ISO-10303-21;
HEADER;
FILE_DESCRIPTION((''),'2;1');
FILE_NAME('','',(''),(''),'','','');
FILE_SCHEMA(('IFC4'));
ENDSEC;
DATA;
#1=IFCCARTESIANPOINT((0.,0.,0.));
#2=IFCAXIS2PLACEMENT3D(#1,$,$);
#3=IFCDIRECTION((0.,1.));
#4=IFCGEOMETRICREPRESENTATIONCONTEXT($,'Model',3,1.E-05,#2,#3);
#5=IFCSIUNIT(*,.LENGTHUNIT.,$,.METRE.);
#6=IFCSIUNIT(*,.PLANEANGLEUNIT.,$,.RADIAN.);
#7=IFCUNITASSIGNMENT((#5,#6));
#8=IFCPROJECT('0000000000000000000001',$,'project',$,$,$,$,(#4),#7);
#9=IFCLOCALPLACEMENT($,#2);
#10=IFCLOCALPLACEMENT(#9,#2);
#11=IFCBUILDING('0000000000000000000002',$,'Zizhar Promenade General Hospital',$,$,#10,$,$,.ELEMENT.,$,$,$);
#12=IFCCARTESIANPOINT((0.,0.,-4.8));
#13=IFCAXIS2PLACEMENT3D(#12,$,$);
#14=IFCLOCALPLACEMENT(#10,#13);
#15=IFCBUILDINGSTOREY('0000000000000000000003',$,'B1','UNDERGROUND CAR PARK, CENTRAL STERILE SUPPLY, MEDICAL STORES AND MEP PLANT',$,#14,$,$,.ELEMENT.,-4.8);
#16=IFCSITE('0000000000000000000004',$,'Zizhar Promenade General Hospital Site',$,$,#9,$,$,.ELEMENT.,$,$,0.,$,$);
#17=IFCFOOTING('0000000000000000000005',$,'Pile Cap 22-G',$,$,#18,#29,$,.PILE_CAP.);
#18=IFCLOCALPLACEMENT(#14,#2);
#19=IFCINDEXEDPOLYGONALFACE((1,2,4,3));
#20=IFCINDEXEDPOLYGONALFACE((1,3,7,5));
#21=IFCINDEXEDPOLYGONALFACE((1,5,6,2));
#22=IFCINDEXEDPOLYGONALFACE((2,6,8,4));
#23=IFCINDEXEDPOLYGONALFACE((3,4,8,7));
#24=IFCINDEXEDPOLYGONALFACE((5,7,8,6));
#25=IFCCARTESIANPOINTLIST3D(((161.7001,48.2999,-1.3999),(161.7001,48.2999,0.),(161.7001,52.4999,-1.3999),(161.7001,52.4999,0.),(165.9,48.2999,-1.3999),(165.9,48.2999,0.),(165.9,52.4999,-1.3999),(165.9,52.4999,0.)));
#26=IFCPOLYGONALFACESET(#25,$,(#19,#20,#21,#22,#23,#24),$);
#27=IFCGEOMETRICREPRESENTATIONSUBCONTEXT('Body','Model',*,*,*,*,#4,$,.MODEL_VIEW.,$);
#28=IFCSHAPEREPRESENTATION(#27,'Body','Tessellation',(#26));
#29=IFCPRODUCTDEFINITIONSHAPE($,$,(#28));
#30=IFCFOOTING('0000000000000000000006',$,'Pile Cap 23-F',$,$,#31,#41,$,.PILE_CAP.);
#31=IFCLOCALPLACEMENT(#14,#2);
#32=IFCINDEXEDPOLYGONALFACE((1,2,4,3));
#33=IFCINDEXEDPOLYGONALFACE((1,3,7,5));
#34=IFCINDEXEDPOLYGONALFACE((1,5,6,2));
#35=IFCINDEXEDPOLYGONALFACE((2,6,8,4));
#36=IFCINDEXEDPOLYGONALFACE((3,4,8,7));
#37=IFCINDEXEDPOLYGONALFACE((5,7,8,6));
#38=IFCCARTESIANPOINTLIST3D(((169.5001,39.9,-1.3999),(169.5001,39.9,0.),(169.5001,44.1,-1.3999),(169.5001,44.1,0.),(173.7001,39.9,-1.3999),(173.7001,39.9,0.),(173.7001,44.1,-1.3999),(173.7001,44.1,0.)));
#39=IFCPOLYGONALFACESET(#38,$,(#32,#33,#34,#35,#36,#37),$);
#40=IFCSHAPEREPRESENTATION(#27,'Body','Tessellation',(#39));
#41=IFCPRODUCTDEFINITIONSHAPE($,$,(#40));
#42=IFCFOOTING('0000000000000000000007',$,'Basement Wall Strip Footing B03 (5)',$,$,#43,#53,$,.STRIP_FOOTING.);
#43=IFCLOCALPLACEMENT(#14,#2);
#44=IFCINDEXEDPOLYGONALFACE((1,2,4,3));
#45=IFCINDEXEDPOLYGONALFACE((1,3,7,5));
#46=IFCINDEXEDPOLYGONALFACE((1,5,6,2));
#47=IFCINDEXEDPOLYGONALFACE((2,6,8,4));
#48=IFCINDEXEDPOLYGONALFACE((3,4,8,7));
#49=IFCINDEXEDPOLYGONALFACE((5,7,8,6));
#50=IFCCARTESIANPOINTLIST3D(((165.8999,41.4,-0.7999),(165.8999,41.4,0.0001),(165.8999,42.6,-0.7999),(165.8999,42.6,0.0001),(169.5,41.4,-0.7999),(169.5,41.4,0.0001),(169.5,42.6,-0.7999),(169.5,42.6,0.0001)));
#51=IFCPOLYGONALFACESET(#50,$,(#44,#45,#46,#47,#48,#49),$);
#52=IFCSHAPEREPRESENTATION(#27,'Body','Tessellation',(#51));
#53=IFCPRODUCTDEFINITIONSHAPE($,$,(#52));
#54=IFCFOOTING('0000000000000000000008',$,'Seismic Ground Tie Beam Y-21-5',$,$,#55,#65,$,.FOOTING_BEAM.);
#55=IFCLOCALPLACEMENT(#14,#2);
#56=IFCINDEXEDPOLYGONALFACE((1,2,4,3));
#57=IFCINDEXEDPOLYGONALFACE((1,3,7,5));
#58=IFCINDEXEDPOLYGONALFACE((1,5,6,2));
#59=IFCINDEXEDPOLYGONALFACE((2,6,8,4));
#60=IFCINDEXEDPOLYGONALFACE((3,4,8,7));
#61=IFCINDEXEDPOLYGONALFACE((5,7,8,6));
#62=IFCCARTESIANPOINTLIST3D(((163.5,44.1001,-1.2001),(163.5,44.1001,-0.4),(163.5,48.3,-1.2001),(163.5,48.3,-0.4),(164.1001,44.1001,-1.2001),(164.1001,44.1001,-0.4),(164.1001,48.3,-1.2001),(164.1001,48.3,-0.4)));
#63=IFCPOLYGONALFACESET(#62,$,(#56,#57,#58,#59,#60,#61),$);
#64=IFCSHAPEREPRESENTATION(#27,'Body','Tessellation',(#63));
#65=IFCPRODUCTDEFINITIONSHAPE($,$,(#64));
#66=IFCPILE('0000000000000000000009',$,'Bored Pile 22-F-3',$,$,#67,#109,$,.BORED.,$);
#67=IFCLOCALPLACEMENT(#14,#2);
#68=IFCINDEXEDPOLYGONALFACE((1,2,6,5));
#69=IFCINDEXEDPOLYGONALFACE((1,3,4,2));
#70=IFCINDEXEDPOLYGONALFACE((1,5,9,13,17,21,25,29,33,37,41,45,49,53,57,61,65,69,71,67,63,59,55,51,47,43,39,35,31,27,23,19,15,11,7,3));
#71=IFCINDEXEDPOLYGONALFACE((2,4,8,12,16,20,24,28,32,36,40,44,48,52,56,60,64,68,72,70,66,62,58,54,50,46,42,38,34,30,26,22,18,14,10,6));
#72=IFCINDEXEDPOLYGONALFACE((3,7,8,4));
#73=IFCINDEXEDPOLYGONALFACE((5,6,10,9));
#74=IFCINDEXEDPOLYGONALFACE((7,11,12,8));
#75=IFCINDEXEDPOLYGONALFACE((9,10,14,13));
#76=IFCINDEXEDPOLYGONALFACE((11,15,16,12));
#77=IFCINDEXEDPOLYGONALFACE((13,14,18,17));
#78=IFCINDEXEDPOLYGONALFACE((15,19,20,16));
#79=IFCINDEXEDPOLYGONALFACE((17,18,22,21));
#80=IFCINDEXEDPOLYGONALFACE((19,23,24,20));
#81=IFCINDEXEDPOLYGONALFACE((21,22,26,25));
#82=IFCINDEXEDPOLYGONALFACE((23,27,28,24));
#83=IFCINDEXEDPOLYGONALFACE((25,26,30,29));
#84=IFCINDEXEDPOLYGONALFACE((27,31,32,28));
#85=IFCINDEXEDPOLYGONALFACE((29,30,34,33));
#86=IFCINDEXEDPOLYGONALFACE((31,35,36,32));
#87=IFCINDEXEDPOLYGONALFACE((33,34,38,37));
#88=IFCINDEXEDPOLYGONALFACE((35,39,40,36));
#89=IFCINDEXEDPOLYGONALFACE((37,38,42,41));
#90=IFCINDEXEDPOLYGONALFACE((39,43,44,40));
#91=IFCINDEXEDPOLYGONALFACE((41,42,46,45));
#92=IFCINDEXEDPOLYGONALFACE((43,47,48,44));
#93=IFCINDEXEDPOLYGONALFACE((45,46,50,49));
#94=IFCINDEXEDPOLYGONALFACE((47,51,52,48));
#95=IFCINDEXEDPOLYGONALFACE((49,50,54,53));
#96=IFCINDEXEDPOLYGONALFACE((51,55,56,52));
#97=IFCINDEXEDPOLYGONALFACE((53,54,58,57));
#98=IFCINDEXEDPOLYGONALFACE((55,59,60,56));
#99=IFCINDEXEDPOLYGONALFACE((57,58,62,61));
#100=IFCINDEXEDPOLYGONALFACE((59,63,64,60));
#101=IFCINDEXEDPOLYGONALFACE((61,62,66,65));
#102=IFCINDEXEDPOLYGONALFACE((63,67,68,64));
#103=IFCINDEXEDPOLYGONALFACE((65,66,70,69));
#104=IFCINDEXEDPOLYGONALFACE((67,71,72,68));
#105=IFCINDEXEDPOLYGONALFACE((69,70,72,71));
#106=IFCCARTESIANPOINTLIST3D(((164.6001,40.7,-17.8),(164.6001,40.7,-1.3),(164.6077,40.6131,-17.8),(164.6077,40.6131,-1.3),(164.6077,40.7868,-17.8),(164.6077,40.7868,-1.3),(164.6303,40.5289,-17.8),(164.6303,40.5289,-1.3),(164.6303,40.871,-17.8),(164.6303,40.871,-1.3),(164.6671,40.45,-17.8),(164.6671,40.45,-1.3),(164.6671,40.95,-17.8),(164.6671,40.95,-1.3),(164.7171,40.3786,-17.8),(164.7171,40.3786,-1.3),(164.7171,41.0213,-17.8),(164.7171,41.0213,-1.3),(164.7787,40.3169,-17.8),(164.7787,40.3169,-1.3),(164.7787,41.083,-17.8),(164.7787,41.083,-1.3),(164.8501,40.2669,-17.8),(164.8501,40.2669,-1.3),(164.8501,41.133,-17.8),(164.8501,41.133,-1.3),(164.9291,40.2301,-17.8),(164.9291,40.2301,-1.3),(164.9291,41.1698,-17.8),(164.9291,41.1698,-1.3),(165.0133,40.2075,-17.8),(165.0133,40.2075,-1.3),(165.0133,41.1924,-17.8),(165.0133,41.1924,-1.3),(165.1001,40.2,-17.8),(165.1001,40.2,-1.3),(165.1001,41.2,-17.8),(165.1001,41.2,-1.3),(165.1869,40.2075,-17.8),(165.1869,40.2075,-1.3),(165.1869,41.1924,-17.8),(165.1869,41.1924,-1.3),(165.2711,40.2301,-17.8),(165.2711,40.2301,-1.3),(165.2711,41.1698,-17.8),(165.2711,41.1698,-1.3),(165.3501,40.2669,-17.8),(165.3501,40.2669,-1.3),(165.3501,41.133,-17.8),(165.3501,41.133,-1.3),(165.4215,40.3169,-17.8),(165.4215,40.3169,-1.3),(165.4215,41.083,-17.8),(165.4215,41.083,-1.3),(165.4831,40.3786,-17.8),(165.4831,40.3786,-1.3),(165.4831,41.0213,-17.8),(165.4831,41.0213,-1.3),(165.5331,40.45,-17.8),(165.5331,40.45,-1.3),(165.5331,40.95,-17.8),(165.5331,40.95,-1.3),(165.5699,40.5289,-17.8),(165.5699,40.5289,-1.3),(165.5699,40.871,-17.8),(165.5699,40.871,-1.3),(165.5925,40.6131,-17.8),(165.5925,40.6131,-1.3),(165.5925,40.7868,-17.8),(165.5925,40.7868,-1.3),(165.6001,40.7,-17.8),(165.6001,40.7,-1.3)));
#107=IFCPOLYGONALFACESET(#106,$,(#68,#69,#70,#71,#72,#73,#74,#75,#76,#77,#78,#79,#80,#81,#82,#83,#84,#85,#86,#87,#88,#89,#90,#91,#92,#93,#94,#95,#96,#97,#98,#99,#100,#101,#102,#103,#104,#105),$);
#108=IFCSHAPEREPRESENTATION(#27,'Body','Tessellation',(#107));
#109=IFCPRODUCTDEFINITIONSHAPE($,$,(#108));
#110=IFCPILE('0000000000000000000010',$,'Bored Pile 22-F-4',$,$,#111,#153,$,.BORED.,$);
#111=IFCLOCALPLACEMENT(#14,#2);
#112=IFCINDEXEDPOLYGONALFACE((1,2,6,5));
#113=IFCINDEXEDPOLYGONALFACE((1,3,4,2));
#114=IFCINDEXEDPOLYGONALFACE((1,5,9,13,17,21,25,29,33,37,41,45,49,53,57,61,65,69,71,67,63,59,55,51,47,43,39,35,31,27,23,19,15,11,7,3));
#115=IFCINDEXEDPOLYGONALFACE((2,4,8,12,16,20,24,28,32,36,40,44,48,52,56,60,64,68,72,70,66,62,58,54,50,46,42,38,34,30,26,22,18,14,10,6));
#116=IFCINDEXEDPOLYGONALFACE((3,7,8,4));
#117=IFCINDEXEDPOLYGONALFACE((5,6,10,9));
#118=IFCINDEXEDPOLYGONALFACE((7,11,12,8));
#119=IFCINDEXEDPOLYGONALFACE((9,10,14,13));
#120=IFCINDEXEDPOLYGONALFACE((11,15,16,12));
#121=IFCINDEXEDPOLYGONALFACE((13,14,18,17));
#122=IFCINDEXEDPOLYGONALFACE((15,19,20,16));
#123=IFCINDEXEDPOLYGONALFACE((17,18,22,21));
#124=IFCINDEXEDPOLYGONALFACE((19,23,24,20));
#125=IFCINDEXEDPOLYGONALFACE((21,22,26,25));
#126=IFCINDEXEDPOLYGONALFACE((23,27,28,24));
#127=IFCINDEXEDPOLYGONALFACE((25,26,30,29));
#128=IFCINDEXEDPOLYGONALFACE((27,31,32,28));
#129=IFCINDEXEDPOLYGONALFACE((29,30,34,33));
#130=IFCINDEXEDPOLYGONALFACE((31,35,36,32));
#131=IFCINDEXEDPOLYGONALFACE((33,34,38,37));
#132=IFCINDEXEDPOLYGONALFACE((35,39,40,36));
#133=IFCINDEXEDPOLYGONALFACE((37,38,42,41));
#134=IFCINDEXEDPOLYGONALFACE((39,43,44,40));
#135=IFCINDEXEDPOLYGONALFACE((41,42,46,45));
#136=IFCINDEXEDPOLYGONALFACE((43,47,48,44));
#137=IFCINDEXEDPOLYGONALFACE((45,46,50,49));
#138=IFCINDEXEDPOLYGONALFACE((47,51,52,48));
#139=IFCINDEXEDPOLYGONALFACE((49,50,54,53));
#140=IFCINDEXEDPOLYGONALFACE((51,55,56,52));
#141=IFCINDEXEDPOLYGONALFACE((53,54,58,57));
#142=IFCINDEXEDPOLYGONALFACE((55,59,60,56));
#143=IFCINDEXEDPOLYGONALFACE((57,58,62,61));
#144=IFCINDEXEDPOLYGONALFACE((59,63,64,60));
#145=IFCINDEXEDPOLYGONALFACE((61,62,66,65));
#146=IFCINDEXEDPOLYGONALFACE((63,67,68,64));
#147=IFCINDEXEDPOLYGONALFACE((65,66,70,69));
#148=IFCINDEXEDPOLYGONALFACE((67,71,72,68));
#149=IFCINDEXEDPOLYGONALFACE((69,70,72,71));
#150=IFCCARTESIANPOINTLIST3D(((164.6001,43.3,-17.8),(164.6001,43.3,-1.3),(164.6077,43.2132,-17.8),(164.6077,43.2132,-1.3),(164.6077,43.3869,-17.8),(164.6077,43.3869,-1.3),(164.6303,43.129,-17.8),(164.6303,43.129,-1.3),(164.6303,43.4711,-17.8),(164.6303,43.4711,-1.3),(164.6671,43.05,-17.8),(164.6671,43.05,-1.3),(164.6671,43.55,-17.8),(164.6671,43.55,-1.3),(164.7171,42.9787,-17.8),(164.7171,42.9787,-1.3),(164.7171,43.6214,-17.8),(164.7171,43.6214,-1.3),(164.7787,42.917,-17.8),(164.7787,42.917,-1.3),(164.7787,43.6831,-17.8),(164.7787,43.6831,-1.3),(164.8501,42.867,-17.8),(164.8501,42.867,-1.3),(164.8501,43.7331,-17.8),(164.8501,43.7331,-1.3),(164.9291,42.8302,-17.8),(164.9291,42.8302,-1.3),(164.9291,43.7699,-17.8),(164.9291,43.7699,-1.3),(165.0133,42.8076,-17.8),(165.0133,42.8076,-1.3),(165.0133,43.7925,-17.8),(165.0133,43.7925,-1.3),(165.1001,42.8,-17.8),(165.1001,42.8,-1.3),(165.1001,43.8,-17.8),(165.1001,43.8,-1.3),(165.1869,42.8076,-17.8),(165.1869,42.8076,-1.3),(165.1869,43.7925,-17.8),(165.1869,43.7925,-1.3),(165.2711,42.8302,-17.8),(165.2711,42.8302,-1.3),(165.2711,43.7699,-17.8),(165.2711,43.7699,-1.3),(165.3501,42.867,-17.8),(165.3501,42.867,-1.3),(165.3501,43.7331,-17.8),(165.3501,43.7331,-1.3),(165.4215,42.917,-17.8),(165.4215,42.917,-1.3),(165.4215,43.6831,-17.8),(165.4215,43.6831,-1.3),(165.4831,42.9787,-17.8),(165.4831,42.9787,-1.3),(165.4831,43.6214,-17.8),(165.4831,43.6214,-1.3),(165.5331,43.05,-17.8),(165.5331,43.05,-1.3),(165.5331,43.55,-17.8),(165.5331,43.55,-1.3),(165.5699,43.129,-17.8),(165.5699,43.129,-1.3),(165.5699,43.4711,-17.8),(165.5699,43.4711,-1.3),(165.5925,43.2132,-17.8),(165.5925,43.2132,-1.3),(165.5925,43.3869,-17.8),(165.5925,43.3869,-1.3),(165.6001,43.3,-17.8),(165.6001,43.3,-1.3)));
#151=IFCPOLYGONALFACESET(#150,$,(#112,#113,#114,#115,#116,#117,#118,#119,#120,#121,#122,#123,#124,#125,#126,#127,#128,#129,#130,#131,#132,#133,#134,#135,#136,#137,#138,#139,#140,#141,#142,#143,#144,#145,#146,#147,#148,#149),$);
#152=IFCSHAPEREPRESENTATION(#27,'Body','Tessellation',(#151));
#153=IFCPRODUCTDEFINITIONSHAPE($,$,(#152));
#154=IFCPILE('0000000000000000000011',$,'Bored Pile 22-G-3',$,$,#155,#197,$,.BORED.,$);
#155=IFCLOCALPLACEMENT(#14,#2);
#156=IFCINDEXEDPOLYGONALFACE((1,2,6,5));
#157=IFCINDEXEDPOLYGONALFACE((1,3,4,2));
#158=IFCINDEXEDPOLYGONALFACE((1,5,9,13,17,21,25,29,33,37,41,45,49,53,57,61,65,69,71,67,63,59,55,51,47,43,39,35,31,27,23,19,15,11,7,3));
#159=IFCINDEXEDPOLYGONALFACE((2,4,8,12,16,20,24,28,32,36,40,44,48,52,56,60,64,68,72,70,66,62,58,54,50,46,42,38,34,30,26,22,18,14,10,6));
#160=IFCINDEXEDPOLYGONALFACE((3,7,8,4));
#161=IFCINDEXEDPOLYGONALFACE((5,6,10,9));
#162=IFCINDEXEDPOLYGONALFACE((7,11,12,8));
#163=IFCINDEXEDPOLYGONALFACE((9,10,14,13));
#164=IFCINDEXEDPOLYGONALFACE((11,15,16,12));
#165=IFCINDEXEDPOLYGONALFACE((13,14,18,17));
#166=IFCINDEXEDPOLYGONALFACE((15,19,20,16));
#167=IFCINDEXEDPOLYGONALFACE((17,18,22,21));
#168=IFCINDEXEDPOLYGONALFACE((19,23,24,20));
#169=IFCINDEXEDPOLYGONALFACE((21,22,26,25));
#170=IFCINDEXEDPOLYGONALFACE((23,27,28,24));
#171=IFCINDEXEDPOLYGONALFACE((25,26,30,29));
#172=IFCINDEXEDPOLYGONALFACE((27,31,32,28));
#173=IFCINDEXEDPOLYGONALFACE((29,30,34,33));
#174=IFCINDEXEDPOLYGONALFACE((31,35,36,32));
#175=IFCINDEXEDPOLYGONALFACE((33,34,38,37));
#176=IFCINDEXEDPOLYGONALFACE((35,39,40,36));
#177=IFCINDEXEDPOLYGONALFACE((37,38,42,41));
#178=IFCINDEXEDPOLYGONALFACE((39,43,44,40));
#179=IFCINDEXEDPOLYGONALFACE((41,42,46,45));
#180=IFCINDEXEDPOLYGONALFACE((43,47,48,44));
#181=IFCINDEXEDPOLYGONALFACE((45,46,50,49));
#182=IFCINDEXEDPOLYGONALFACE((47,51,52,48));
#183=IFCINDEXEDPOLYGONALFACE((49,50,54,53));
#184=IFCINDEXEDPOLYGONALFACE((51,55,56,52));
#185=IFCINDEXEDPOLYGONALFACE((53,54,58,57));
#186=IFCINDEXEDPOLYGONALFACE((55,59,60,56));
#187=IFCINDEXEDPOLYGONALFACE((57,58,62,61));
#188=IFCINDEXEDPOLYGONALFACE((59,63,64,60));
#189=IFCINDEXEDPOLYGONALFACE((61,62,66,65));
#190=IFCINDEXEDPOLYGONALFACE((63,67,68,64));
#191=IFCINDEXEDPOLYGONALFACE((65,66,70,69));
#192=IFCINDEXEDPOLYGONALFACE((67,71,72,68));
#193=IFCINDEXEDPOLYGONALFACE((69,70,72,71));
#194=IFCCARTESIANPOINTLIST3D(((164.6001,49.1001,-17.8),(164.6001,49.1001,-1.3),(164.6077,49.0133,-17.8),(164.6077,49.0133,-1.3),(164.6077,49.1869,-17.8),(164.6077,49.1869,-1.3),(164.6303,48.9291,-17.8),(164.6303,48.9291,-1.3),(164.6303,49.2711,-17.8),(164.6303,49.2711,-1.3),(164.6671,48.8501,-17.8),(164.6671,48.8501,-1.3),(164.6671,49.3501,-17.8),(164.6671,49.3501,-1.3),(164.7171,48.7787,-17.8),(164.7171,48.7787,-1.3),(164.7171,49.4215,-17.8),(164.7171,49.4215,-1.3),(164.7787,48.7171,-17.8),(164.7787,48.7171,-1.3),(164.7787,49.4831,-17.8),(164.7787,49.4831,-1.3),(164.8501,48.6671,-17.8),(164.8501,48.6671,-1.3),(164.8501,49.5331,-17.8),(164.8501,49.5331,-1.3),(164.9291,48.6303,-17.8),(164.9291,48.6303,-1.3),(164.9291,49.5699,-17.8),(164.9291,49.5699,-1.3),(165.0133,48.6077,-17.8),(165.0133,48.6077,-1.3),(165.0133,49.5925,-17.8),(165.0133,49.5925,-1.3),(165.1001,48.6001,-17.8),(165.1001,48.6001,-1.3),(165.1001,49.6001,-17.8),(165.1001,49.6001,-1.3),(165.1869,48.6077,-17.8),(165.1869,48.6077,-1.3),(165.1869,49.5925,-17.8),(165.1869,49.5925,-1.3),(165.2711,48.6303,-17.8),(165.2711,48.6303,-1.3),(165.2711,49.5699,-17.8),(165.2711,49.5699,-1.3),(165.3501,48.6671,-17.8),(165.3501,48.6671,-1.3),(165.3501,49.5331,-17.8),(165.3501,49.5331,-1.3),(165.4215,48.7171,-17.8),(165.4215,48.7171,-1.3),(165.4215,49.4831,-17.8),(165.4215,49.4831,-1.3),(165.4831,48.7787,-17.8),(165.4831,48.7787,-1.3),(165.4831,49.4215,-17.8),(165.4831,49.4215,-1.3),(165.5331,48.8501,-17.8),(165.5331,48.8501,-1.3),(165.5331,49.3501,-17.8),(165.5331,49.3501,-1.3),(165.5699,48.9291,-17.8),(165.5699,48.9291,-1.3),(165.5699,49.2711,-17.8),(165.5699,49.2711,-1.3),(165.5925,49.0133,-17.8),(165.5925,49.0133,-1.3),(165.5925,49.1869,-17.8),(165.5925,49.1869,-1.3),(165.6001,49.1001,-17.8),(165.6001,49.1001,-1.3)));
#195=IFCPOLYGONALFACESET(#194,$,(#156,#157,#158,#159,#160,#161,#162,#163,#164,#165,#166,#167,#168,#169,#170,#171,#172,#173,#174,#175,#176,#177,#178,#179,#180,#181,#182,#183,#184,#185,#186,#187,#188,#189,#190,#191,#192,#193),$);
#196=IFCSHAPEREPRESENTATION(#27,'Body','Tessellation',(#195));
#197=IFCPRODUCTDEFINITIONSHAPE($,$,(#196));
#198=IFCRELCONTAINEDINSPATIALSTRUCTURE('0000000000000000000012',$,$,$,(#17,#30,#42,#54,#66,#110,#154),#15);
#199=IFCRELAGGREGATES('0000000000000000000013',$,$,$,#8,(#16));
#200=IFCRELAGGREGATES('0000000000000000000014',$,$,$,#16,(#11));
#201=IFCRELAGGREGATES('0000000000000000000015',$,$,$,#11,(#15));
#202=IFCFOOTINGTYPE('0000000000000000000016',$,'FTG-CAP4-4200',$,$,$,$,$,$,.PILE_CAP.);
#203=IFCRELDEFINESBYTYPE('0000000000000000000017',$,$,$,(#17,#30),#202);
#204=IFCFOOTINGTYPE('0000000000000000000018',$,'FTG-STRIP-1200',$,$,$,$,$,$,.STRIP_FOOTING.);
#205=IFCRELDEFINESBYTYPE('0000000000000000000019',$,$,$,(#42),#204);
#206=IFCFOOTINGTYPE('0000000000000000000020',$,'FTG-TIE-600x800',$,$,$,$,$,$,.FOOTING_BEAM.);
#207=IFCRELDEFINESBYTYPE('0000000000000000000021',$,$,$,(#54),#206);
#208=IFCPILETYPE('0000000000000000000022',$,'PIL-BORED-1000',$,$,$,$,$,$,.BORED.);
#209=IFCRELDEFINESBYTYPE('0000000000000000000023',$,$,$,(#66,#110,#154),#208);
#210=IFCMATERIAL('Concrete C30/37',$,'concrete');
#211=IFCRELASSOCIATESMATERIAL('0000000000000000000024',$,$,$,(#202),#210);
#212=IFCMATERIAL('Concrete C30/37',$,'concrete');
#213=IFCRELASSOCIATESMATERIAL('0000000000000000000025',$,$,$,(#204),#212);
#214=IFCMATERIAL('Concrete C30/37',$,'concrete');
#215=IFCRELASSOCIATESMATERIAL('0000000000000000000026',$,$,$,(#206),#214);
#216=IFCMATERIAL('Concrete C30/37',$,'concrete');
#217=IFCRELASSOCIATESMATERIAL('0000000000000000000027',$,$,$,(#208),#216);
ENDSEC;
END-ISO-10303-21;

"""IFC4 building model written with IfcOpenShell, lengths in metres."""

from ifc_helpers import new_model, si_unit, direction, frame, origin, origin_2d, place, context, subcontext, project, spatial, rectangle, circle, extrude, material, material_profile, profile_set, type_object, element, save


model = new_model("IFC4")

# Units and contexts
model_context = context("Model", 3, precision=1e-05, world=origin(), true_north=direction((0.0, 1.0)))
body_context = subcontext(model_context, "Body", "Model", "MODEL_VIEW")
ifc_project = project(units=[si_unit("LENGTHUNIT", "METRE"), si_unit("PLANEANGLEUNIT", "RADIAN")], contexts=[model_context])

# Site, building, storey
site_placement = place(None, origin())
site = spatial("IfcSite", under=ifc_project, at=site_placement, Name="Zizhar Promenade General Hospital Site", CompositionType="ELEMENT", RefElevation=0.0)
building_placement = place(site_placement, origin())
building = spatial("IfcBuilding", under=site, at=building_placement, Name="Zizhar Promenade General Hospital", CompositionType="ELEMENT")
storey_placement = place(building_placement, frame((0.0, 0.0, -4.8)))
storey = spatial("IfcBuildingStorey", under=building, at=storey_placement, Name="B1", Description="UNDERGROUND CAR PARK, CENTRAL STERILE SUPPLY, MEDICAL STORES AND MEP PLANT", CompositionType="ELEMENT", Elevation=-4.8)

# Footings
ifc_material_1 = material(Name="Concrete C30/37", Category="concrete")
footing_type_1 = type_object("IfcFootingType", Name="FTG-CAP4-4200", PredefinedType="PILE_CAP", material=ifc_material_1)
for number, where, z_axis, x_axis, name in (
    (1, (163.8, 50.3999, -1.3999), (0.0, 0.0, 1.0), (1.0, 0.0, 0.0), "Pile Cap 22-G"),
    (2, (171.6001, 42.0, -1.3999), (0.0, 0.0, 1.0), (1.0, 0.0, 0.0), "Pile Cap 23-F"),
):
    element("IfcFooting", number, at=place(storey_placement, frame(where, z_axis=z_axis, x_axis=x_axis)), inside=storey, type_object=footing_type_1, Name=name, PredefinedType="PILE_CAP", context=body_context, shape_type="SweptSolid", body=[
        extrude(rectangle(XDim=4.2, YDim=4.2, at=origin_2d()), origin(), (0.0, 0.0, 1.0), 1.3999),
    ])
ifc_material_2 = material(Name="Concrete C30/37", Category="concrete")
ifc_material_profile_1 = material_profile(ifc_material_2, rectangle(XDim=1.2, YDim=0.8, at=origin_2d()))
ifc_profile_set_1 = profile_set([ifc_material_profile_1], Name="Concrete C30/37")
footing_type_2 = type_object("IfcFootingType", Name="FTG-STRIP-1200", PredefinedType="STRIP_FOOTING", material=ifc_profile_set_1)
footing_1_placement = place(storey_placement, frame((165.8999, 42.0, -0.3999), z_axis=(1.0, 0.0, 0.0), x_axis=(0.0, 1.0, 0.0)))
element("IfcFooting", 3, at=footing_1_placement, inside=storey, type_object=footing_type_2, Name="Basement Wall Strip Footing B03 (5)", PredefinedType="STRIP_FOOTING", context=body_context, shape_type="SweptSolid", body=[
    extrude(rectangle(XDim=1.2, YDim=0.8, at=origin_2d()), origin(), (0.0, 0.0, 1.0), 3.6001),
])
ifc_material_3 = material(Name="Concrete C30/37", Category="concrete")
ifc_material_profile_2 = material_profile(ifc_material_3, rectangle(XDim=0.6001, YDim=0.8, at=origin_2d()))
ifc_profile_set_2 = profile_set([ifc_material_profile_2], Name="Concrete C30/37")
footing_type_3 = type_object("IfcFootingType", Name="FTG-TIE-600x800", PredefinedType="FOOTING_BEAM", material=ifc_profile_set_2)
footing_2_placement = place(storey_placement, frame((163.8, 44.1001, -0.8), z_axis=(0.0, 1.0, 0.0), x_axis=(-1.0, 0.0, 0.0)))
element("IfcFooting", 4, at=footing_2_placement, inside=storey, type_object=footing_type_3, Name="Seismic Ground Tie Beam Y-21-5", PredefinedType="FOOTING_BEAM", context=body_context, shape_type="SweptSolid", body=[
    extrude(rectangle(XDim=0.6001, YDim=0.8, at=origin_2d()), origin(), (0.0, 0.0, 1.0), 4.2),
])

# Piles
ifc_material_4 = material(Name="Concrete C30/37", Category="concrete")
ifc_material_profile_3 = material_profile(ifc_material_4, circle(Radius=0.5, at=origin_2d()))
ifc_profile_set_3 = profile_set([ifc_material_profile_3], Name="Concrete C30/37")
pile_type = type_object("IfcPileType", Name="PIL-BORED-1000", PredefinedType="BORED", material=ifc_profile_set_3)
for number, where, z_axis, x_axis, name in (
    (5, (165.1001, 40.7, -1.3), (0.0, 0.0, -1.0), (1.0, 0.0, 0.0), "Bored Pile 22-F-3"),
    (6, (165.1001, 43.3, -1.3), (0.0, 0.0, -1.0), (1.0, 0.0, 0.0), "Bored Pile 22-F-4"),
    (7, (165.1001, 49.1001, -1.3), (0.0, 0.0, -1.0), (1.0, 0.0, 0.0), "Bored Pile 22-G-3"),
):
    element("IfcPile", number, at=place(storey_placement, frame(where, z_axis=z_axis, x_axis=x_axis)), inside=storey, type_object=pile_type, Name=name, PredefinedType="BORED", context=body_context, shape_type="SweptSolid", body=[
        extrude(circle(Radius=0.5, at=origin_2d()), origin(), (0.0, 0.0, 1.0), 16.5),
    ])

save(model, "model.ifc")
